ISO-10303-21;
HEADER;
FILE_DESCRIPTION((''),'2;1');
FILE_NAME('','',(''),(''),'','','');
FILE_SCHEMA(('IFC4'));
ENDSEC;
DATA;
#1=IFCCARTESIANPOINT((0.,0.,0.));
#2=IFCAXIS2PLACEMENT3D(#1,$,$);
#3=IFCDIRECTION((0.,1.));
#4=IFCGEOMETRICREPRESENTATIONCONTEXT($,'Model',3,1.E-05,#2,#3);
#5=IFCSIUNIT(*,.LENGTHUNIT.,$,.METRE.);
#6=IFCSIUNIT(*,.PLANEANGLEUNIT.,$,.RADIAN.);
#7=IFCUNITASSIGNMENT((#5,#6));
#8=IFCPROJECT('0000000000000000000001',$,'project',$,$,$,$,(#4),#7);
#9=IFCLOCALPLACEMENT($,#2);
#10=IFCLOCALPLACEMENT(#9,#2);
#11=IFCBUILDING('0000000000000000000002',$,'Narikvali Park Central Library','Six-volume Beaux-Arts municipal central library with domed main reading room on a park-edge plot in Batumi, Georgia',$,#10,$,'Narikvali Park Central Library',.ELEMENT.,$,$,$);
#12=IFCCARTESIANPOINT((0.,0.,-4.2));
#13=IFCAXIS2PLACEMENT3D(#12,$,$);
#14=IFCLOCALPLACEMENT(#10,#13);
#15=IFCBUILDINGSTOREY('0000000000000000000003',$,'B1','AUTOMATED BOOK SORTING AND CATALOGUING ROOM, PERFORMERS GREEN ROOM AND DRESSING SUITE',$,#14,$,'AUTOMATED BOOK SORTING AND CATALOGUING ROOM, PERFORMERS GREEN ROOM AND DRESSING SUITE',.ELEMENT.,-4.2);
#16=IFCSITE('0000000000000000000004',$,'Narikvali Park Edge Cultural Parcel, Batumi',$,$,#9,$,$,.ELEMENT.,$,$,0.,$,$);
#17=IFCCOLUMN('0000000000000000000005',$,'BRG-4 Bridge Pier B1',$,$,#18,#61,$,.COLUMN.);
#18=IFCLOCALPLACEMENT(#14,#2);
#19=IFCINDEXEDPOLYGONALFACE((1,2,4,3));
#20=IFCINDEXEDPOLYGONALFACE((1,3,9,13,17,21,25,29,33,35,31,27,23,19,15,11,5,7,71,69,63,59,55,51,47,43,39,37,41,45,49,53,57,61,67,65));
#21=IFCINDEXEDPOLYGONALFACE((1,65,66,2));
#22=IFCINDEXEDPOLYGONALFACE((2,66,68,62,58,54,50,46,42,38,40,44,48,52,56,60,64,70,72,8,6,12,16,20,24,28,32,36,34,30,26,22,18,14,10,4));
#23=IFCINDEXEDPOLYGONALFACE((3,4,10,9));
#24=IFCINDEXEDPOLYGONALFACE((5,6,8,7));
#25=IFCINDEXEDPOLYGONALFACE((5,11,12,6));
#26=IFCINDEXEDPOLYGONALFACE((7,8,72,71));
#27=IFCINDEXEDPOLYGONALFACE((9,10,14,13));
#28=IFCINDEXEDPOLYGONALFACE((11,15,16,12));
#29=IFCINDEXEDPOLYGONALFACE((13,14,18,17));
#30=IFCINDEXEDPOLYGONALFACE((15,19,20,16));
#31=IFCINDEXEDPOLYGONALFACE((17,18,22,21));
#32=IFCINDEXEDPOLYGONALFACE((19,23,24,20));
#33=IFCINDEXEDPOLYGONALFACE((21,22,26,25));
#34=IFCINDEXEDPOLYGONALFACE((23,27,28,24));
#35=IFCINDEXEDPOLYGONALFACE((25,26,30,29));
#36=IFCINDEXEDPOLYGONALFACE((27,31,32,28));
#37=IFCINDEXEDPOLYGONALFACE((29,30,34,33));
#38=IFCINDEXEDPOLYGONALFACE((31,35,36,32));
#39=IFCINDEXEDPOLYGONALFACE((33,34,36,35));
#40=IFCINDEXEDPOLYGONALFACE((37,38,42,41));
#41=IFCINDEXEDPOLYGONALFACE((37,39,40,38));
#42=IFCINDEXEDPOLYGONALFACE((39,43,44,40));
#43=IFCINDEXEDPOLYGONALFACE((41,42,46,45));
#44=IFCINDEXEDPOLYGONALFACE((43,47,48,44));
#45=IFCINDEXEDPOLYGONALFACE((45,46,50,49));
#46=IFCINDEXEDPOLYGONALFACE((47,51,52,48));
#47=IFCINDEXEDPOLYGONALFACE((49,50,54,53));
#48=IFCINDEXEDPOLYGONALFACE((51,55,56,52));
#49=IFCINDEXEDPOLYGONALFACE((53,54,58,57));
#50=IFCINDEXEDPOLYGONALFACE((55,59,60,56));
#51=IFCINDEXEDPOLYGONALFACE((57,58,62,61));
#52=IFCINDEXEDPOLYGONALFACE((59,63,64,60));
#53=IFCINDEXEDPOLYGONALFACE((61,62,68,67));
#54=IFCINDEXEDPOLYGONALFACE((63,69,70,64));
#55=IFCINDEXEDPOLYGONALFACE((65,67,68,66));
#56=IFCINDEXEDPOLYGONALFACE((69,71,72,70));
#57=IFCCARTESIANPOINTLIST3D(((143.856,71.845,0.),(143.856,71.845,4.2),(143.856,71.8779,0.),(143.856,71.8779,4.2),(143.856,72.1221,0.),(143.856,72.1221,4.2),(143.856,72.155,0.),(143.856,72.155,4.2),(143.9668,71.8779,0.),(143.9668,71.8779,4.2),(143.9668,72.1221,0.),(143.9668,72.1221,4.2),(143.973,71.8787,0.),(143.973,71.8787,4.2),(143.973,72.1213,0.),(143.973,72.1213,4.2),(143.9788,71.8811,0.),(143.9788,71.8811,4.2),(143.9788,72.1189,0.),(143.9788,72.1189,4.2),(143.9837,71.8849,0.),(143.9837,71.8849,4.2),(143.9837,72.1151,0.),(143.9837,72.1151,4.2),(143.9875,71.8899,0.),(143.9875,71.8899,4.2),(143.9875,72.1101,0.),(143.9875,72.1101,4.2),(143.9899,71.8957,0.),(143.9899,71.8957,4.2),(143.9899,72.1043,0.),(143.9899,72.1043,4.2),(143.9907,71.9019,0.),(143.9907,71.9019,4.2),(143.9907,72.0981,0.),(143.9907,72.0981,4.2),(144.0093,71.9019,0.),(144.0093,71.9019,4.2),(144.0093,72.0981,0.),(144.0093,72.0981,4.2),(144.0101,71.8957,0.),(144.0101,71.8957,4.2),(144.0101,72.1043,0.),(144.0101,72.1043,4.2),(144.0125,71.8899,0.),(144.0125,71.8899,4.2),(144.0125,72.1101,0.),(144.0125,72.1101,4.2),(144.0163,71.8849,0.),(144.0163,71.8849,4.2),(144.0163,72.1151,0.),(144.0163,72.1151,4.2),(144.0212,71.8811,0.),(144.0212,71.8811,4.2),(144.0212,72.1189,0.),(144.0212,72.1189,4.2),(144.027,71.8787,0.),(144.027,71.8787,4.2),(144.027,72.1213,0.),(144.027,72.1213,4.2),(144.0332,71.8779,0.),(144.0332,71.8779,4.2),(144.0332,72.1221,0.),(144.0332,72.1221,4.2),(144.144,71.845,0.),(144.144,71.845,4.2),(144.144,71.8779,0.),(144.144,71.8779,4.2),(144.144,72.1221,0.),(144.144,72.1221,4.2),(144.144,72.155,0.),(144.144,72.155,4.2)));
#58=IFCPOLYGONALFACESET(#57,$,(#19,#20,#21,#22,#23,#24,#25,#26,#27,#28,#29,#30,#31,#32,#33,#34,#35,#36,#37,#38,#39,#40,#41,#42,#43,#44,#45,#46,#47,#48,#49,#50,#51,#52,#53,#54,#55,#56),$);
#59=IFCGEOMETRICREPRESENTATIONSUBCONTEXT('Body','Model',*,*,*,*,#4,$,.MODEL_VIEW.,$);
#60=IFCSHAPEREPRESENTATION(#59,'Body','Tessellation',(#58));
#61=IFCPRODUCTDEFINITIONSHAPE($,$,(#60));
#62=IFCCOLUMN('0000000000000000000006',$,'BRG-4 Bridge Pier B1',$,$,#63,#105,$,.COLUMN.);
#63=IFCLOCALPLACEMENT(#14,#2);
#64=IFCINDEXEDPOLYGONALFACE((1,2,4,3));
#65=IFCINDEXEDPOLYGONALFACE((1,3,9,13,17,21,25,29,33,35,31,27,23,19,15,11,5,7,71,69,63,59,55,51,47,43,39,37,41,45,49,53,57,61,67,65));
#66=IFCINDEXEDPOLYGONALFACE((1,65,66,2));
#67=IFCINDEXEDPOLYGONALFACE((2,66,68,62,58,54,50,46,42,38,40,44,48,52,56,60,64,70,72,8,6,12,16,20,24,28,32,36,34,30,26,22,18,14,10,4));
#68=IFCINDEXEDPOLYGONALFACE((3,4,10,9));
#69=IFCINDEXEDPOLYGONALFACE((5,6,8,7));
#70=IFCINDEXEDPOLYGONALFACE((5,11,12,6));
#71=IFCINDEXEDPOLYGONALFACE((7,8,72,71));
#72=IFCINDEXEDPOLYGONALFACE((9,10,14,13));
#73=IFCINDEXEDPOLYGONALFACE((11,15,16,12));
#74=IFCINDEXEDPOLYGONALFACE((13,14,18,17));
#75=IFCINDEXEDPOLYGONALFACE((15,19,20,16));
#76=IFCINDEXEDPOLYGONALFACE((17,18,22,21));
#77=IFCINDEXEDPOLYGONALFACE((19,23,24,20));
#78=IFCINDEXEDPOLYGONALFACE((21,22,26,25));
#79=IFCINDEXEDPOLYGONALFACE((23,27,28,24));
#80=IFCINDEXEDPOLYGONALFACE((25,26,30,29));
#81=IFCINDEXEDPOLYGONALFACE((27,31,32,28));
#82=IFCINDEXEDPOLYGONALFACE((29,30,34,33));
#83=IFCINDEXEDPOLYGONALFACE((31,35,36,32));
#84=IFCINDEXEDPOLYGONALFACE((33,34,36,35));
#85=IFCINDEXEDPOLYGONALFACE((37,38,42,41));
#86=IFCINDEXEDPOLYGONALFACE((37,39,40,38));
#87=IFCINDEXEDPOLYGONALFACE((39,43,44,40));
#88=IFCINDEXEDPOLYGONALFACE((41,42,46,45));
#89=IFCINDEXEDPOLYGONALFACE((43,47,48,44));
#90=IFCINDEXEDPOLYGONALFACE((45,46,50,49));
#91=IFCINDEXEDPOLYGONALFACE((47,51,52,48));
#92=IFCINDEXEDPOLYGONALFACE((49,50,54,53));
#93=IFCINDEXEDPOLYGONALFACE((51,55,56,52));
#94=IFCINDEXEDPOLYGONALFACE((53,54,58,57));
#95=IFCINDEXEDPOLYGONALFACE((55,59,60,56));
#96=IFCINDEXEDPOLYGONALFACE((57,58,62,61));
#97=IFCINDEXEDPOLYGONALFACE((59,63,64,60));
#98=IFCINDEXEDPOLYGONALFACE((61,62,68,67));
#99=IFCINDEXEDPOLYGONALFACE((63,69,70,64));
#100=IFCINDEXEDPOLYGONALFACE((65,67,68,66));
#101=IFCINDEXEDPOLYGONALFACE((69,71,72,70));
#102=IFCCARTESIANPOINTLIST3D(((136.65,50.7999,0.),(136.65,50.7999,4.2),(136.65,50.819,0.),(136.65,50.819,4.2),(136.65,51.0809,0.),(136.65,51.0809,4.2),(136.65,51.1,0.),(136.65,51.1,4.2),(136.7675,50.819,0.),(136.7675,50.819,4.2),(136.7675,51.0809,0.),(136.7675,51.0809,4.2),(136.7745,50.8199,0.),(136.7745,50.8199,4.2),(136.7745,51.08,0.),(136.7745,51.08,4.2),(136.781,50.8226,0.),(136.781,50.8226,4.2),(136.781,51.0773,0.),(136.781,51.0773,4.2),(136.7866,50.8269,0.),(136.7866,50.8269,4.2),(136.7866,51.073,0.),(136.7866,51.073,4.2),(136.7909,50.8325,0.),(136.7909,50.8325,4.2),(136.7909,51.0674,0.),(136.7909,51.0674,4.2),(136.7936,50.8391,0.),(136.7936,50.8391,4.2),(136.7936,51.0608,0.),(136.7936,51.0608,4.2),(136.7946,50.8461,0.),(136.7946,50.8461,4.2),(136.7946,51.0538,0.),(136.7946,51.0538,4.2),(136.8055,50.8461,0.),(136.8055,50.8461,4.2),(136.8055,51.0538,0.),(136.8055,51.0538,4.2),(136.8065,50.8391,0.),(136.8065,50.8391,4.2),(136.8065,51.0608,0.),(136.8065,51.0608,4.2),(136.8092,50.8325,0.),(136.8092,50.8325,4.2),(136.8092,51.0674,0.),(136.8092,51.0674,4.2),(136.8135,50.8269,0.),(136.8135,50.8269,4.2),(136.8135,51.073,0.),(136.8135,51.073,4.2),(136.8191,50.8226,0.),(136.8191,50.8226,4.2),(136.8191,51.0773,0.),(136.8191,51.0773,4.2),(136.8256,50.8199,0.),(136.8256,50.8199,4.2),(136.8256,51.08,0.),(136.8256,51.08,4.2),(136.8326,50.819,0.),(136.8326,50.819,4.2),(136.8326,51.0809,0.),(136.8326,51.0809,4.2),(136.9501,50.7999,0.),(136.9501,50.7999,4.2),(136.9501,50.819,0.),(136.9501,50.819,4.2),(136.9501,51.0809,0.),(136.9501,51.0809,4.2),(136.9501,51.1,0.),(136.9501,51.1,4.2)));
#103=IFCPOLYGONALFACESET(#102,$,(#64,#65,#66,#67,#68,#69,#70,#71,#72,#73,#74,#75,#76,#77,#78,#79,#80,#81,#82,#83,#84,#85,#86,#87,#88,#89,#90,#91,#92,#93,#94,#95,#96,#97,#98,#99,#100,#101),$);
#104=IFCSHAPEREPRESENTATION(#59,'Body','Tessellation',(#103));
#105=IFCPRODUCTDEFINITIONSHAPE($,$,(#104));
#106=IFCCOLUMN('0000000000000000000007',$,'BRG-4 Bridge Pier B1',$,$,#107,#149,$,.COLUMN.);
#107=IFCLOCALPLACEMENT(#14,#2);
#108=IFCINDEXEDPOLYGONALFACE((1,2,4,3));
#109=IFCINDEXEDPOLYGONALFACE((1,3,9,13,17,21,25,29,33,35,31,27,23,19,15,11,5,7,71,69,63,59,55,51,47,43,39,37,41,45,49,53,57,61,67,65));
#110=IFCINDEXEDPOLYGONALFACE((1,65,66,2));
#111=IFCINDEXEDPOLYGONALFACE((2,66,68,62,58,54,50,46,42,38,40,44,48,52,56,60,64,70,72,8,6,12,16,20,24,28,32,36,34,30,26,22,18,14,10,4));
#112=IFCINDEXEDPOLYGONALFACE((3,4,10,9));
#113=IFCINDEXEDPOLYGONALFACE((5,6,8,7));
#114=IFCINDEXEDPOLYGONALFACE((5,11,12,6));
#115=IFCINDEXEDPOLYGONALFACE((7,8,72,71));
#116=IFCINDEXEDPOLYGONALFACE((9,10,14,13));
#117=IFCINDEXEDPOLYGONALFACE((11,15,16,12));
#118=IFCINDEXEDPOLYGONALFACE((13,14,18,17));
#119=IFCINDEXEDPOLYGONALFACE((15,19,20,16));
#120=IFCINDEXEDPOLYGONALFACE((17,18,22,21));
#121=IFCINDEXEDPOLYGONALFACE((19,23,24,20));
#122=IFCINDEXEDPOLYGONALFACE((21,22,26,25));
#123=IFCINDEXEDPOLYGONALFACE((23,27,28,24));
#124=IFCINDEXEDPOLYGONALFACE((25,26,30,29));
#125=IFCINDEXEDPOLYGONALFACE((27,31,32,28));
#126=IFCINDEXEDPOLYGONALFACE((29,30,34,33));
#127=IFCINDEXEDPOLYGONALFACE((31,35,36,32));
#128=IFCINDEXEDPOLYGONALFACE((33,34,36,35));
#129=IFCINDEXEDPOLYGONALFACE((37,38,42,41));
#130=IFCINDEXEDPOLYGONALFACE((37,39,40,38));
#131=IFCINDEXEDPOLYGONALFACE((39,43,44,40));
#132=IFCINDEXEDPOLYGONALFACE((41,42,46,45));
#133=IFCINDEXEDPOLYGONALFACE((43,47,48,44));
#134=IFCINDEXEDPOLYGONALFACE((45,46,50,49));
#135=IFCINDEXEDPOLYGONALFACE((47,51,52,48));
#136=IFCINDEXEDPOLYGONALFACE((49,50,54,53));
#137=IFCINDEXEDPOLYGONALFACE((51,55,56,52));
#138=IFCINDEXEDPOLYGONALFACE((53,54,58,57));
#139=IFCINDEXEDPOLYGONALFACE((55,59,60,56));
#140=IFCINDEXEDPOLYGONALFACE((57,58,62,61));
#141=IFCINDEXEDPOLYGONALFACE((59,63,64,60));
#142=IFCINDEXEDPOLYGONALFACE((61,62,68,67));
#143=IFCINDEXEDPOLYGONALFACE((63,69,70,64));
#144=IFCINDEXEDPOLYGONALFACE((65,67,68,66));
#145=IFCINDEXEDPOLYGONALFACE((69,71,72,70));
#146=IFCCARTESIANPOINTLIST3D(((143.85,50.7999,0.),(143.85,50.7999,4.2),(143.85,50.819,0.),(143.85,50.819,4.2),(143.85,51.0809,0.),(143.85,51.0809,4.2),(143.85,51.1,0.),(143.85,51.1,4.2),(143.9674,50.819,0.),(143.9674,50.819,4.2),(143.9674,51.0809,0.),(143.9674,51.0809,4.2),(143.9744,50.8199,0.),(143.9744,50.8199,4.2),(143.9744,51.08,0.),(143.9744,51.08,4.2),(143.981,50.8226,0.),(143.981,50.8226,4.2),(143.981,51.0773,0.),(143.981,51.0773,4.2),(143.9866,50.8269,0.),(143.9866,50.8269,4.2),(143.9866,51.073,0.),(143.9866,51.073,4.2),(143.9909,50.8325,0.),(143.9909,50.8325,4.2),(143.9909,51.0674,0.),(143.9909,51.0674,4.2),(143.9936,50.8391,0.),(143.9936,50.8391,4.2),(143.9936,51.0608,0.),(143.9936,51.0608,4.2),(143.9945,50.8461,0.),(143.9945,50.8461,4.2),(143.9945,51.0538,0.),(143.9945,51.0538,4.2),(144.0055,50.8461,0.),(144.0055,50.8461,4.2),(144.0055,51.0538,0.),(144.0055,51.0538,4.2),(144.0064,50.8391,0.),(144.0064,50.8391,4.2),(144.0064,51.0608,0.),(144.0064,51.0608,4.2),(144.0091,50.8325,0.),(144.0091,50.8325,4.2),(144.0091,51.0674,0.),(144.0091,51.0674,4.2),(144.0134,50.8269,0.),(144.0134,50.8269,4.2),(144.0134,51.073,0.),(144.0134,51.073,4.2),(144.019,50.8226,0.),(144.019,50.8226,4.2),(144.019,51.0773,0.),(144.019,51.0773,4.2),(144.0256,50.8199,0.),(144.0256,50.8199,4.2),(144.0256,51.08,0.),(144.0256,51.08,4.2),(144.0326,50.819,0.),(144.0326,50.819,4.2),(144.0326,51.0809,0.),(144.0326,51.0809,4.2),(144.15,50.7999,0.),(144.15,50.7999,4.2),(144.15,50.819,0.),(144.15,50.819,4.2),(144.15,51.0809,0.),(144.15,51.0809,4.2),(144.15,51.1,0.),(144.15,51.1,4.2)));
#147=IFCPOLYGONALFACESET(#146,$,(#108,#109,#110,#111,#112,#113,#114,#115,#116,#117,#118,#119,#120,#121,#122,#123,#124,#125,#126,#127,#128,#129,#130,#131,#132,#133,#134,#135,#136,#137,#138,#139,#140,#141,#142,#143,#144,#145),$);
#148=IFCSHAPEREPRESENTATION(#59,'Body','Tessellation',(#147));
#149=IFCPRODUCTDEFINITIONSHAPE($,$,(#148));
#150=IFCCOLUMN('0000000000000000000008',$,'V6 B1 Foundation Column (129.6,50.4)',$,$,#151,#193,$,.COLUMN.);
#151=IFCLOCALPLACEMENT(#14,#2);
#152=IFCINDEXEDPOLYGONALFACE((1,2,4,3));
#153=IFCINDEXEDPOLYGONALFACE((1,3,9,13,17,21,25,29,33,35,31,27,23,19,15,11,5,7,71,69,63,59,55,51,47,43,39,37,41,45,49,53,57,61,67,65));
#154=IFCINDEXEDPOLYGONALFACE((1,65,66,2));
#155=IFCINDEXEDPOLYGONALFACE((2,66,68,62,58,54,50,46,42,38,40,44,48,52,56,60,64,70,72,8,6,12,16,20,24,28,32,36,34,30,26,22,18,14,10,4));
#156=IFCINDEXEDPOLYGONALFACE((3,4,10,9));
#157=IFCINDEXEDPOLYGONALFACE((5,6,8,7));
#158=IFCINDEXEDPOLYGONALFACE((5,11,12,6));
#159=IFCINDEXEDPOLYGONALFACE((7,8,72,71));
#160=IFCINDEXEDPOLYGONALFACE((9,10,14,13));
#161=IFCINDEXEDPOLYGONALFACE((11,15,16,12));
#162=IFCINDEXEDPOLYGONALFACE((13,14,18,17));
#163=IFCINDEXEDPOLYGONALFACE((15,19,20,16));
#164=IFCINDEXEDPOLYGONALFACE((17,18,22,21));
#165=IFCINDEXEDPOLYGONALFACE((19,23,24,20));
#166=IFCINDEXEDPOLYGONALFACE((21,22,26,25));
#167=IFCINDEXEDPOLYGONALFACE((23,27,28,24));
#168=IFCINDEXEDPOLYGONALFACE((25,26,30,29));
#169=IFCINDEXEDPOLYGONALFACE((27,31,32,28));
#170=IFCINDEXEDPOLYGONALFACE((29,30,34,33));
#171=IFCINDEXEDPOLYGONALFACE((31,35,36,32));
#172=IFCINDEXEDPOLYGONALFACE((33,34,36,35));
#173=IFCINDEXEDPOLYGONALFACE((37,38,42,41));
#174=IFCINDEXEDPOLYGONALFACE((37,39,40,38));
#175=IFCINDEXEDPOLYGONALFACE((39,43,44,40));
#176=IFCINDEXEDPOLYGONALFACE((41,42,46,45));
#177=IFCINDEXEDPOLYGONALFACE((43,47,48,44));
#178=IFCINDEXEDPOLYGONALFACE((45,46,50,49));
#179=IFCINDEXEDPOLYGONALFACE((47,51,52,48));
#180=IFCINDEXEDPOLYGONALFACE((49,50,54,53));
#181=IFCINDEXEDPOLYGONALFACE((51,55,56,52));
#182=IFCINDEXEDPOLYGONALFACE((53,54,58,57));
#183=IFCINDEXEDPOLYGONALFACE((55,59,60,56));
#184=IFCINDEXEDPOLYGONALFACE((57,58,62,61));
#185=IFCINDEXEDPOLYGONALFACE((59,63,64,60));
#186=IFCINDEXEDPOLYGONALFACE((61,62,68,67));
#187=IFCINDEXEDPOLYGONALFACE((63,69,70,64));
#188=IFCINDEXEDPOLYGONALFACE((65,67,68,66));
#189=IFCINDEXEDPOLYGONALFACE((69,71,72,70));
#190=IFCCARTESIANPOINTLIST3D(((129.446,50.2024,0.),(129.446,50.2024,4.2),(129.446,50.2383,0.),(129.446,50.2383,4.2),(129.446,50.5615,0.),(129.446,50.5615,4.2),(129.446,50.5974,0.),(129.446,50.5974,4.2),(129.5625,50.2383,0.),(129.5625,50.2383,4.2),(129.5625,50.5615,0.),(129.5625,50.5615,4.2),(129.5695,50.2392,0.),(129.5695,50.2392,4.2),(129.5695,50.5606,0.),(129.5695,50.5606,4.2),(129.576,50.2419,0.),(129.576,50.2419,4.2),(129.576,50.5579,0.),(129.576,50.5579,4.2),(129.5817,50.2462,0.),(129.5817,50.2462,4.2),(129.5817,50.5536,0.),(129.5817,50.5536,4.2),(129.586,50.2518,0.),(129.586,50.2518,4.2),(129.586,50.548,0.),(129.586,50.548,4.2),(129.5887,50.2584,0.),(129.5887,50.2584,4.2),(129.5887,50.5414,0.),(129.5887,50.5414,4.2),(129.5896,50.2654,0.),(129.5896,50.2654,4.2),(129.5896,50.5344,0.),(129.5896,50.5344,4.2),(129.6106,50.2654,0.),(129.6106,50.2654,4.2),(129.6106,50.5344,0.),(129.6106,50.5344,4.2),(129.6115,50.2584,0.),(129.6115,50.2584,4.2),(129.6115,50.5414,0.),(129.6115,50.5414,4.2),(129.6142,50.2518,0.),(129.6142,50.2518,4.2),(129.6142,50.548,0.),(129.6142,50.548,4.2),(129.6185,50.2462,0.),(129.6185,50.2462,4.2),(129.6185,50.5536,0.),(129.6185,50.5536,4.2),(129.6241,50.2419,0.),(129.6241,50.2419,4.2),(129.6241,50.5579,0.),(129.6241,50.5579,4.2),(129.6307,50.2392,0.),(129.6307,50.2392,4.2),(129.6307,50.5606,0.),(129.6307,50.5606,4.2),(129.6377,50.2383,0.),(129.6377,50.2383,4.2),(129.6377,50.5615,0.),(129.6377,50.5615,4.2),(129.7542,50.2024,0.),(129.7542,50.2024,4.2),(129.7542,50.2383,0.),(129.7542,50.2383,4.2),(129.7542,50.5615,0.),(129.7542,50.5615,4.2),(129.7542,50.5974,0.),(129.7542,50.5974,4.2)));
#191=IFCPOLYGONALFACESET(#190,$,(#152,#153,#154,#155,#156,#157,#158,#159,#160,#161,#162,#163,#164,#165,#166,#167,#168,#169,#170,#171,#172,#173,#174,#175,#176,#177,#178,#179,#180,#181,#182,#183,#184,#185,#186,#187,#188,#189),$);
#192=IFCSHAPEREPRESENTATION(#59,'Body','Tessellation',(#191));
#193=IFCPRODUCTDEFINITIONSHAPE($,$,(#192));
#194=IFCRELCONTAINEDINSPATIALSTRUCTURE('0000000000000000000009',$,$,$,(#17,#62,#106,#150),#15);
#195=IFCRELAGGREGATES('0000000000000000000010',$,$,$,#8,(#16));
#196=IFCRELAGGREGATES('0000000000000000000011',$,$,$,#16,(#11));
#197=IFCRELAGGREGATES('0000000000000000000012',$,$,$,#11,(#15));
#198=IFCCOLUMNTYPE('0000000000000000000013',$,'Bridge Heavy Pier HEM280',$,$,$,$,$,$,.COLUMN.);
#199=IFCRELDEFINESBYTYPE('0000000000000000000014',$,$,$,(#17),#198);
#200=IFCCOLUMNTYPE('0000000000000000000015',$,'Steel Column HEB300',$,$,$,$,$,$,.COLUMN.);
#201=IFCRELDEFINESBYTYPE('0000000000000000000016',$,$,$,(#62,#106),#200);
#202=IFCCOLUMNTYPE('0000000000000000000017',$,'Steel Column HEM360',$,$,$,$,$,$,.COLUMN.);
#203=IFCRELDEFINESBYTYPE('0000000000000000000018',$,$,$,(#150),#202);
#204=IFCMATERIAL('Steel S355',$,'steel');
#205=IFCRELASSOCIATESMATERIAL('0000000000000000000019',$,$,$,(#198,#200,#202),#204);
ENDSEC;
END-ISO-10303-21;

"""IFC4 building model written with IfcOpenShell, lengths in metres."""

from ifc_helpers import new_model, si_unit, direction, frame, origin, origin_2d, place, context, subcontext, project, spatial, i_section, extrude, material, material_profile, profile_set, type_object, element, save


model = new_model("IFC4")

# Units and contexts
model_context = context("Model", 3, precision=1e-05, world=origin(), true_north=direction((0.0, 1.0)))
body_context = subcontext(model_context, "Body", "Model", "MODEL_VIEW")
ifc_project = project(units=[si_unit("LENGTHUNIT", "METRE"), si_unit("PLANEANGLEUNIT", "RADIAN")], contexts=[model_context])

# Site, building, storey
site_placement = place(None, origin())
site = spatial("IfcSite", under=ifc_project, at=site_placement, Name="Narikvali Park Edge Cultural Parcel, Batumi", CompositionType="ELEMENT", RefElevation=0.0)
building_placement = place(site_placement, origin())
building = spatial("IfcBuilding", under=site, at=building_placement, Name="Narikvali Park Central Library", Description="Six-volume Beaux-Arts municipal central library with domed main reading room on a park-edge plot in Batumi, Georgia", LongName="Narikvali Park Central Library", CompositionType="ELEMENT")
storey_placement = place(building_placement, frame((0.0, 0.0, -4.2)))
storey = spatial("IfcBuildingStorey", under=building, at=storey_placement, Name="B1", Description="AUTOMATED BOOK SORTING AND CATALOGUING ROOM, PERFORMERS GREEN ROOM AND DRESSING SUITE", LongName="AUTOMATED BOOK SORTING AND CATALOGUING ROOM, PERFORMERS GREEN ROOM AND DRESSING SUITE", CompositionType="ELEMENT", Elevation=-4.2)

# Columns
ifc_material_1 = material(Name="Steel S355", Category="steel")
ifc_material_profile_1 = material_profile(ifc_material_1, i_section(OverallWidth=0.2881, OverallDepth=0.3101, WebThickness=0.0186, FlangeThickness=0.033, FilletRadius=0.0239, at=origin_2d()), Name="HEM 280")
ifc_profile_set_1 = profile_set([ifc_material_profile_1], Name="Steel S355")
column_type_1 = type_object("IfcColumnType", Name="Bridge Heavy Pier HEM280", PredefinedType="COLUMN", material=ifc_profile_set_1)
for number, where, z_axis, x_axis, name in (
    (1, (144.0, 72.0, 0.0), (0.0, 0.0, 1.0), (1.0, 0.0, 0.0), "BRG-4 Bridge Pier B1"),
):
    element("IfcColumn", number, at=place(storey_placement, frame(where, z_axis=z_axis, x_axis=x_axis)), inside=storey, type_object=column_type_1, Name=name, PredefinedType="COLUMN", context=body_context, shape_type="SweptSolid", body=[
        extrude(i_section(OverallWidth=0.2881, OverallDepth=0.3101, WebThickness=0.0186, FlangeThickness=0.033, FilletRadius=0.0239, at=origin_2d()), origin(), (0.0, 0.0, 1.0), 4.2),
    ])
ifc_material_profile_2 = material_profile(ifc_material_1, i_section(OverallWidth=0.3, OverallDepth=0.3, WebThickness=0.011, FlangeThickness=0.019, FilletRadius=0.0271, at=origin_2d()), Name="HEB 300")
ifc_profile_set_2 = profile_set([ifc_material_profile_2], Name="Steel S355")
column_type_2 = type_object("IfcColumnType", Name="Steel Column HEB300", PredefinedType="COLUMN", material=ifc_profile_set_2)
for number, where, z_axis, x_axis, name in (
    (2, (136.8, 50.95, 0.0), (0.0, 0.0, 1.0), (1.0, 0.0, 0.0), "BRG-4 Bridge Pier B1"),
    (3, (144.0, 50.95, 0.0), (0.0, 0.0, 1.0), (1.0, 0.0, 0.0), "BRG-4 Bridge Pier B1"),
):
    element("IfcColumn", number, at=place(storey_placement, frame(where, z_axis=z_axis, x_axis=x_axis)), inside=storey, type_object=column_type_2, Name=name, PredefinedType="COLUMN", context=body_context, shape_type="SweptSolid", body=[
        extrude(i_section(OverallWidth=0.3, OverallDepth=0.3, WebThickness=0.011, FlangeThickness=0.019, FilletRadius=0.0271, at=origin_2d()), origin(), (0.0, 0.0, 1.0), 4.2),
    ])
ifc_material_profile_3 = material_profile(ifc_material_1, i_section(OverallWidth=0.3081, OverallDepth=0.395, WebThickness=0.021, FlangeThickness=0.0359, FilletRadius=0.0271, at=origin_2d()), Name="HEM 360")
ifc_profile_set_3 = profile_set([ifc_material_profile_3], Name="Steel S355")
column_type_3 = type_object("IfcColumnType", Name="Steel Column HEM360", PredefinedType="COLUMN", material=ifc_profile_set_3)
for number, where, z_axis, x_axis, name in (
    (4, (129.6001, 50.3999, 0.0), (0.0, 0.0, 1.0), (1.0, 0.0, 0.0), "V6 B1 Foundation Column (129.6,50.4)"),
):
    element("IfcColumn", number, at=place(storey_placement, frame(where, z_axis=z_axis, x_axis=x_axis)), inside=storey, type_object=column_type_3, Name=name, PredefinedType="COLUMN", context=body_context, shape_type="SweptSolid", body=[
        extrude(i_section(OverallWidth=0.3081, OverallDepth=0.395, WebThickness=0.021, FlangeThickness=0.0359, FilletRadius=0.0271, at=origin_2d()), origin(), (0.0, 0.0, 1.0), 4.2),
    ])

save(model, "model.ifc")
